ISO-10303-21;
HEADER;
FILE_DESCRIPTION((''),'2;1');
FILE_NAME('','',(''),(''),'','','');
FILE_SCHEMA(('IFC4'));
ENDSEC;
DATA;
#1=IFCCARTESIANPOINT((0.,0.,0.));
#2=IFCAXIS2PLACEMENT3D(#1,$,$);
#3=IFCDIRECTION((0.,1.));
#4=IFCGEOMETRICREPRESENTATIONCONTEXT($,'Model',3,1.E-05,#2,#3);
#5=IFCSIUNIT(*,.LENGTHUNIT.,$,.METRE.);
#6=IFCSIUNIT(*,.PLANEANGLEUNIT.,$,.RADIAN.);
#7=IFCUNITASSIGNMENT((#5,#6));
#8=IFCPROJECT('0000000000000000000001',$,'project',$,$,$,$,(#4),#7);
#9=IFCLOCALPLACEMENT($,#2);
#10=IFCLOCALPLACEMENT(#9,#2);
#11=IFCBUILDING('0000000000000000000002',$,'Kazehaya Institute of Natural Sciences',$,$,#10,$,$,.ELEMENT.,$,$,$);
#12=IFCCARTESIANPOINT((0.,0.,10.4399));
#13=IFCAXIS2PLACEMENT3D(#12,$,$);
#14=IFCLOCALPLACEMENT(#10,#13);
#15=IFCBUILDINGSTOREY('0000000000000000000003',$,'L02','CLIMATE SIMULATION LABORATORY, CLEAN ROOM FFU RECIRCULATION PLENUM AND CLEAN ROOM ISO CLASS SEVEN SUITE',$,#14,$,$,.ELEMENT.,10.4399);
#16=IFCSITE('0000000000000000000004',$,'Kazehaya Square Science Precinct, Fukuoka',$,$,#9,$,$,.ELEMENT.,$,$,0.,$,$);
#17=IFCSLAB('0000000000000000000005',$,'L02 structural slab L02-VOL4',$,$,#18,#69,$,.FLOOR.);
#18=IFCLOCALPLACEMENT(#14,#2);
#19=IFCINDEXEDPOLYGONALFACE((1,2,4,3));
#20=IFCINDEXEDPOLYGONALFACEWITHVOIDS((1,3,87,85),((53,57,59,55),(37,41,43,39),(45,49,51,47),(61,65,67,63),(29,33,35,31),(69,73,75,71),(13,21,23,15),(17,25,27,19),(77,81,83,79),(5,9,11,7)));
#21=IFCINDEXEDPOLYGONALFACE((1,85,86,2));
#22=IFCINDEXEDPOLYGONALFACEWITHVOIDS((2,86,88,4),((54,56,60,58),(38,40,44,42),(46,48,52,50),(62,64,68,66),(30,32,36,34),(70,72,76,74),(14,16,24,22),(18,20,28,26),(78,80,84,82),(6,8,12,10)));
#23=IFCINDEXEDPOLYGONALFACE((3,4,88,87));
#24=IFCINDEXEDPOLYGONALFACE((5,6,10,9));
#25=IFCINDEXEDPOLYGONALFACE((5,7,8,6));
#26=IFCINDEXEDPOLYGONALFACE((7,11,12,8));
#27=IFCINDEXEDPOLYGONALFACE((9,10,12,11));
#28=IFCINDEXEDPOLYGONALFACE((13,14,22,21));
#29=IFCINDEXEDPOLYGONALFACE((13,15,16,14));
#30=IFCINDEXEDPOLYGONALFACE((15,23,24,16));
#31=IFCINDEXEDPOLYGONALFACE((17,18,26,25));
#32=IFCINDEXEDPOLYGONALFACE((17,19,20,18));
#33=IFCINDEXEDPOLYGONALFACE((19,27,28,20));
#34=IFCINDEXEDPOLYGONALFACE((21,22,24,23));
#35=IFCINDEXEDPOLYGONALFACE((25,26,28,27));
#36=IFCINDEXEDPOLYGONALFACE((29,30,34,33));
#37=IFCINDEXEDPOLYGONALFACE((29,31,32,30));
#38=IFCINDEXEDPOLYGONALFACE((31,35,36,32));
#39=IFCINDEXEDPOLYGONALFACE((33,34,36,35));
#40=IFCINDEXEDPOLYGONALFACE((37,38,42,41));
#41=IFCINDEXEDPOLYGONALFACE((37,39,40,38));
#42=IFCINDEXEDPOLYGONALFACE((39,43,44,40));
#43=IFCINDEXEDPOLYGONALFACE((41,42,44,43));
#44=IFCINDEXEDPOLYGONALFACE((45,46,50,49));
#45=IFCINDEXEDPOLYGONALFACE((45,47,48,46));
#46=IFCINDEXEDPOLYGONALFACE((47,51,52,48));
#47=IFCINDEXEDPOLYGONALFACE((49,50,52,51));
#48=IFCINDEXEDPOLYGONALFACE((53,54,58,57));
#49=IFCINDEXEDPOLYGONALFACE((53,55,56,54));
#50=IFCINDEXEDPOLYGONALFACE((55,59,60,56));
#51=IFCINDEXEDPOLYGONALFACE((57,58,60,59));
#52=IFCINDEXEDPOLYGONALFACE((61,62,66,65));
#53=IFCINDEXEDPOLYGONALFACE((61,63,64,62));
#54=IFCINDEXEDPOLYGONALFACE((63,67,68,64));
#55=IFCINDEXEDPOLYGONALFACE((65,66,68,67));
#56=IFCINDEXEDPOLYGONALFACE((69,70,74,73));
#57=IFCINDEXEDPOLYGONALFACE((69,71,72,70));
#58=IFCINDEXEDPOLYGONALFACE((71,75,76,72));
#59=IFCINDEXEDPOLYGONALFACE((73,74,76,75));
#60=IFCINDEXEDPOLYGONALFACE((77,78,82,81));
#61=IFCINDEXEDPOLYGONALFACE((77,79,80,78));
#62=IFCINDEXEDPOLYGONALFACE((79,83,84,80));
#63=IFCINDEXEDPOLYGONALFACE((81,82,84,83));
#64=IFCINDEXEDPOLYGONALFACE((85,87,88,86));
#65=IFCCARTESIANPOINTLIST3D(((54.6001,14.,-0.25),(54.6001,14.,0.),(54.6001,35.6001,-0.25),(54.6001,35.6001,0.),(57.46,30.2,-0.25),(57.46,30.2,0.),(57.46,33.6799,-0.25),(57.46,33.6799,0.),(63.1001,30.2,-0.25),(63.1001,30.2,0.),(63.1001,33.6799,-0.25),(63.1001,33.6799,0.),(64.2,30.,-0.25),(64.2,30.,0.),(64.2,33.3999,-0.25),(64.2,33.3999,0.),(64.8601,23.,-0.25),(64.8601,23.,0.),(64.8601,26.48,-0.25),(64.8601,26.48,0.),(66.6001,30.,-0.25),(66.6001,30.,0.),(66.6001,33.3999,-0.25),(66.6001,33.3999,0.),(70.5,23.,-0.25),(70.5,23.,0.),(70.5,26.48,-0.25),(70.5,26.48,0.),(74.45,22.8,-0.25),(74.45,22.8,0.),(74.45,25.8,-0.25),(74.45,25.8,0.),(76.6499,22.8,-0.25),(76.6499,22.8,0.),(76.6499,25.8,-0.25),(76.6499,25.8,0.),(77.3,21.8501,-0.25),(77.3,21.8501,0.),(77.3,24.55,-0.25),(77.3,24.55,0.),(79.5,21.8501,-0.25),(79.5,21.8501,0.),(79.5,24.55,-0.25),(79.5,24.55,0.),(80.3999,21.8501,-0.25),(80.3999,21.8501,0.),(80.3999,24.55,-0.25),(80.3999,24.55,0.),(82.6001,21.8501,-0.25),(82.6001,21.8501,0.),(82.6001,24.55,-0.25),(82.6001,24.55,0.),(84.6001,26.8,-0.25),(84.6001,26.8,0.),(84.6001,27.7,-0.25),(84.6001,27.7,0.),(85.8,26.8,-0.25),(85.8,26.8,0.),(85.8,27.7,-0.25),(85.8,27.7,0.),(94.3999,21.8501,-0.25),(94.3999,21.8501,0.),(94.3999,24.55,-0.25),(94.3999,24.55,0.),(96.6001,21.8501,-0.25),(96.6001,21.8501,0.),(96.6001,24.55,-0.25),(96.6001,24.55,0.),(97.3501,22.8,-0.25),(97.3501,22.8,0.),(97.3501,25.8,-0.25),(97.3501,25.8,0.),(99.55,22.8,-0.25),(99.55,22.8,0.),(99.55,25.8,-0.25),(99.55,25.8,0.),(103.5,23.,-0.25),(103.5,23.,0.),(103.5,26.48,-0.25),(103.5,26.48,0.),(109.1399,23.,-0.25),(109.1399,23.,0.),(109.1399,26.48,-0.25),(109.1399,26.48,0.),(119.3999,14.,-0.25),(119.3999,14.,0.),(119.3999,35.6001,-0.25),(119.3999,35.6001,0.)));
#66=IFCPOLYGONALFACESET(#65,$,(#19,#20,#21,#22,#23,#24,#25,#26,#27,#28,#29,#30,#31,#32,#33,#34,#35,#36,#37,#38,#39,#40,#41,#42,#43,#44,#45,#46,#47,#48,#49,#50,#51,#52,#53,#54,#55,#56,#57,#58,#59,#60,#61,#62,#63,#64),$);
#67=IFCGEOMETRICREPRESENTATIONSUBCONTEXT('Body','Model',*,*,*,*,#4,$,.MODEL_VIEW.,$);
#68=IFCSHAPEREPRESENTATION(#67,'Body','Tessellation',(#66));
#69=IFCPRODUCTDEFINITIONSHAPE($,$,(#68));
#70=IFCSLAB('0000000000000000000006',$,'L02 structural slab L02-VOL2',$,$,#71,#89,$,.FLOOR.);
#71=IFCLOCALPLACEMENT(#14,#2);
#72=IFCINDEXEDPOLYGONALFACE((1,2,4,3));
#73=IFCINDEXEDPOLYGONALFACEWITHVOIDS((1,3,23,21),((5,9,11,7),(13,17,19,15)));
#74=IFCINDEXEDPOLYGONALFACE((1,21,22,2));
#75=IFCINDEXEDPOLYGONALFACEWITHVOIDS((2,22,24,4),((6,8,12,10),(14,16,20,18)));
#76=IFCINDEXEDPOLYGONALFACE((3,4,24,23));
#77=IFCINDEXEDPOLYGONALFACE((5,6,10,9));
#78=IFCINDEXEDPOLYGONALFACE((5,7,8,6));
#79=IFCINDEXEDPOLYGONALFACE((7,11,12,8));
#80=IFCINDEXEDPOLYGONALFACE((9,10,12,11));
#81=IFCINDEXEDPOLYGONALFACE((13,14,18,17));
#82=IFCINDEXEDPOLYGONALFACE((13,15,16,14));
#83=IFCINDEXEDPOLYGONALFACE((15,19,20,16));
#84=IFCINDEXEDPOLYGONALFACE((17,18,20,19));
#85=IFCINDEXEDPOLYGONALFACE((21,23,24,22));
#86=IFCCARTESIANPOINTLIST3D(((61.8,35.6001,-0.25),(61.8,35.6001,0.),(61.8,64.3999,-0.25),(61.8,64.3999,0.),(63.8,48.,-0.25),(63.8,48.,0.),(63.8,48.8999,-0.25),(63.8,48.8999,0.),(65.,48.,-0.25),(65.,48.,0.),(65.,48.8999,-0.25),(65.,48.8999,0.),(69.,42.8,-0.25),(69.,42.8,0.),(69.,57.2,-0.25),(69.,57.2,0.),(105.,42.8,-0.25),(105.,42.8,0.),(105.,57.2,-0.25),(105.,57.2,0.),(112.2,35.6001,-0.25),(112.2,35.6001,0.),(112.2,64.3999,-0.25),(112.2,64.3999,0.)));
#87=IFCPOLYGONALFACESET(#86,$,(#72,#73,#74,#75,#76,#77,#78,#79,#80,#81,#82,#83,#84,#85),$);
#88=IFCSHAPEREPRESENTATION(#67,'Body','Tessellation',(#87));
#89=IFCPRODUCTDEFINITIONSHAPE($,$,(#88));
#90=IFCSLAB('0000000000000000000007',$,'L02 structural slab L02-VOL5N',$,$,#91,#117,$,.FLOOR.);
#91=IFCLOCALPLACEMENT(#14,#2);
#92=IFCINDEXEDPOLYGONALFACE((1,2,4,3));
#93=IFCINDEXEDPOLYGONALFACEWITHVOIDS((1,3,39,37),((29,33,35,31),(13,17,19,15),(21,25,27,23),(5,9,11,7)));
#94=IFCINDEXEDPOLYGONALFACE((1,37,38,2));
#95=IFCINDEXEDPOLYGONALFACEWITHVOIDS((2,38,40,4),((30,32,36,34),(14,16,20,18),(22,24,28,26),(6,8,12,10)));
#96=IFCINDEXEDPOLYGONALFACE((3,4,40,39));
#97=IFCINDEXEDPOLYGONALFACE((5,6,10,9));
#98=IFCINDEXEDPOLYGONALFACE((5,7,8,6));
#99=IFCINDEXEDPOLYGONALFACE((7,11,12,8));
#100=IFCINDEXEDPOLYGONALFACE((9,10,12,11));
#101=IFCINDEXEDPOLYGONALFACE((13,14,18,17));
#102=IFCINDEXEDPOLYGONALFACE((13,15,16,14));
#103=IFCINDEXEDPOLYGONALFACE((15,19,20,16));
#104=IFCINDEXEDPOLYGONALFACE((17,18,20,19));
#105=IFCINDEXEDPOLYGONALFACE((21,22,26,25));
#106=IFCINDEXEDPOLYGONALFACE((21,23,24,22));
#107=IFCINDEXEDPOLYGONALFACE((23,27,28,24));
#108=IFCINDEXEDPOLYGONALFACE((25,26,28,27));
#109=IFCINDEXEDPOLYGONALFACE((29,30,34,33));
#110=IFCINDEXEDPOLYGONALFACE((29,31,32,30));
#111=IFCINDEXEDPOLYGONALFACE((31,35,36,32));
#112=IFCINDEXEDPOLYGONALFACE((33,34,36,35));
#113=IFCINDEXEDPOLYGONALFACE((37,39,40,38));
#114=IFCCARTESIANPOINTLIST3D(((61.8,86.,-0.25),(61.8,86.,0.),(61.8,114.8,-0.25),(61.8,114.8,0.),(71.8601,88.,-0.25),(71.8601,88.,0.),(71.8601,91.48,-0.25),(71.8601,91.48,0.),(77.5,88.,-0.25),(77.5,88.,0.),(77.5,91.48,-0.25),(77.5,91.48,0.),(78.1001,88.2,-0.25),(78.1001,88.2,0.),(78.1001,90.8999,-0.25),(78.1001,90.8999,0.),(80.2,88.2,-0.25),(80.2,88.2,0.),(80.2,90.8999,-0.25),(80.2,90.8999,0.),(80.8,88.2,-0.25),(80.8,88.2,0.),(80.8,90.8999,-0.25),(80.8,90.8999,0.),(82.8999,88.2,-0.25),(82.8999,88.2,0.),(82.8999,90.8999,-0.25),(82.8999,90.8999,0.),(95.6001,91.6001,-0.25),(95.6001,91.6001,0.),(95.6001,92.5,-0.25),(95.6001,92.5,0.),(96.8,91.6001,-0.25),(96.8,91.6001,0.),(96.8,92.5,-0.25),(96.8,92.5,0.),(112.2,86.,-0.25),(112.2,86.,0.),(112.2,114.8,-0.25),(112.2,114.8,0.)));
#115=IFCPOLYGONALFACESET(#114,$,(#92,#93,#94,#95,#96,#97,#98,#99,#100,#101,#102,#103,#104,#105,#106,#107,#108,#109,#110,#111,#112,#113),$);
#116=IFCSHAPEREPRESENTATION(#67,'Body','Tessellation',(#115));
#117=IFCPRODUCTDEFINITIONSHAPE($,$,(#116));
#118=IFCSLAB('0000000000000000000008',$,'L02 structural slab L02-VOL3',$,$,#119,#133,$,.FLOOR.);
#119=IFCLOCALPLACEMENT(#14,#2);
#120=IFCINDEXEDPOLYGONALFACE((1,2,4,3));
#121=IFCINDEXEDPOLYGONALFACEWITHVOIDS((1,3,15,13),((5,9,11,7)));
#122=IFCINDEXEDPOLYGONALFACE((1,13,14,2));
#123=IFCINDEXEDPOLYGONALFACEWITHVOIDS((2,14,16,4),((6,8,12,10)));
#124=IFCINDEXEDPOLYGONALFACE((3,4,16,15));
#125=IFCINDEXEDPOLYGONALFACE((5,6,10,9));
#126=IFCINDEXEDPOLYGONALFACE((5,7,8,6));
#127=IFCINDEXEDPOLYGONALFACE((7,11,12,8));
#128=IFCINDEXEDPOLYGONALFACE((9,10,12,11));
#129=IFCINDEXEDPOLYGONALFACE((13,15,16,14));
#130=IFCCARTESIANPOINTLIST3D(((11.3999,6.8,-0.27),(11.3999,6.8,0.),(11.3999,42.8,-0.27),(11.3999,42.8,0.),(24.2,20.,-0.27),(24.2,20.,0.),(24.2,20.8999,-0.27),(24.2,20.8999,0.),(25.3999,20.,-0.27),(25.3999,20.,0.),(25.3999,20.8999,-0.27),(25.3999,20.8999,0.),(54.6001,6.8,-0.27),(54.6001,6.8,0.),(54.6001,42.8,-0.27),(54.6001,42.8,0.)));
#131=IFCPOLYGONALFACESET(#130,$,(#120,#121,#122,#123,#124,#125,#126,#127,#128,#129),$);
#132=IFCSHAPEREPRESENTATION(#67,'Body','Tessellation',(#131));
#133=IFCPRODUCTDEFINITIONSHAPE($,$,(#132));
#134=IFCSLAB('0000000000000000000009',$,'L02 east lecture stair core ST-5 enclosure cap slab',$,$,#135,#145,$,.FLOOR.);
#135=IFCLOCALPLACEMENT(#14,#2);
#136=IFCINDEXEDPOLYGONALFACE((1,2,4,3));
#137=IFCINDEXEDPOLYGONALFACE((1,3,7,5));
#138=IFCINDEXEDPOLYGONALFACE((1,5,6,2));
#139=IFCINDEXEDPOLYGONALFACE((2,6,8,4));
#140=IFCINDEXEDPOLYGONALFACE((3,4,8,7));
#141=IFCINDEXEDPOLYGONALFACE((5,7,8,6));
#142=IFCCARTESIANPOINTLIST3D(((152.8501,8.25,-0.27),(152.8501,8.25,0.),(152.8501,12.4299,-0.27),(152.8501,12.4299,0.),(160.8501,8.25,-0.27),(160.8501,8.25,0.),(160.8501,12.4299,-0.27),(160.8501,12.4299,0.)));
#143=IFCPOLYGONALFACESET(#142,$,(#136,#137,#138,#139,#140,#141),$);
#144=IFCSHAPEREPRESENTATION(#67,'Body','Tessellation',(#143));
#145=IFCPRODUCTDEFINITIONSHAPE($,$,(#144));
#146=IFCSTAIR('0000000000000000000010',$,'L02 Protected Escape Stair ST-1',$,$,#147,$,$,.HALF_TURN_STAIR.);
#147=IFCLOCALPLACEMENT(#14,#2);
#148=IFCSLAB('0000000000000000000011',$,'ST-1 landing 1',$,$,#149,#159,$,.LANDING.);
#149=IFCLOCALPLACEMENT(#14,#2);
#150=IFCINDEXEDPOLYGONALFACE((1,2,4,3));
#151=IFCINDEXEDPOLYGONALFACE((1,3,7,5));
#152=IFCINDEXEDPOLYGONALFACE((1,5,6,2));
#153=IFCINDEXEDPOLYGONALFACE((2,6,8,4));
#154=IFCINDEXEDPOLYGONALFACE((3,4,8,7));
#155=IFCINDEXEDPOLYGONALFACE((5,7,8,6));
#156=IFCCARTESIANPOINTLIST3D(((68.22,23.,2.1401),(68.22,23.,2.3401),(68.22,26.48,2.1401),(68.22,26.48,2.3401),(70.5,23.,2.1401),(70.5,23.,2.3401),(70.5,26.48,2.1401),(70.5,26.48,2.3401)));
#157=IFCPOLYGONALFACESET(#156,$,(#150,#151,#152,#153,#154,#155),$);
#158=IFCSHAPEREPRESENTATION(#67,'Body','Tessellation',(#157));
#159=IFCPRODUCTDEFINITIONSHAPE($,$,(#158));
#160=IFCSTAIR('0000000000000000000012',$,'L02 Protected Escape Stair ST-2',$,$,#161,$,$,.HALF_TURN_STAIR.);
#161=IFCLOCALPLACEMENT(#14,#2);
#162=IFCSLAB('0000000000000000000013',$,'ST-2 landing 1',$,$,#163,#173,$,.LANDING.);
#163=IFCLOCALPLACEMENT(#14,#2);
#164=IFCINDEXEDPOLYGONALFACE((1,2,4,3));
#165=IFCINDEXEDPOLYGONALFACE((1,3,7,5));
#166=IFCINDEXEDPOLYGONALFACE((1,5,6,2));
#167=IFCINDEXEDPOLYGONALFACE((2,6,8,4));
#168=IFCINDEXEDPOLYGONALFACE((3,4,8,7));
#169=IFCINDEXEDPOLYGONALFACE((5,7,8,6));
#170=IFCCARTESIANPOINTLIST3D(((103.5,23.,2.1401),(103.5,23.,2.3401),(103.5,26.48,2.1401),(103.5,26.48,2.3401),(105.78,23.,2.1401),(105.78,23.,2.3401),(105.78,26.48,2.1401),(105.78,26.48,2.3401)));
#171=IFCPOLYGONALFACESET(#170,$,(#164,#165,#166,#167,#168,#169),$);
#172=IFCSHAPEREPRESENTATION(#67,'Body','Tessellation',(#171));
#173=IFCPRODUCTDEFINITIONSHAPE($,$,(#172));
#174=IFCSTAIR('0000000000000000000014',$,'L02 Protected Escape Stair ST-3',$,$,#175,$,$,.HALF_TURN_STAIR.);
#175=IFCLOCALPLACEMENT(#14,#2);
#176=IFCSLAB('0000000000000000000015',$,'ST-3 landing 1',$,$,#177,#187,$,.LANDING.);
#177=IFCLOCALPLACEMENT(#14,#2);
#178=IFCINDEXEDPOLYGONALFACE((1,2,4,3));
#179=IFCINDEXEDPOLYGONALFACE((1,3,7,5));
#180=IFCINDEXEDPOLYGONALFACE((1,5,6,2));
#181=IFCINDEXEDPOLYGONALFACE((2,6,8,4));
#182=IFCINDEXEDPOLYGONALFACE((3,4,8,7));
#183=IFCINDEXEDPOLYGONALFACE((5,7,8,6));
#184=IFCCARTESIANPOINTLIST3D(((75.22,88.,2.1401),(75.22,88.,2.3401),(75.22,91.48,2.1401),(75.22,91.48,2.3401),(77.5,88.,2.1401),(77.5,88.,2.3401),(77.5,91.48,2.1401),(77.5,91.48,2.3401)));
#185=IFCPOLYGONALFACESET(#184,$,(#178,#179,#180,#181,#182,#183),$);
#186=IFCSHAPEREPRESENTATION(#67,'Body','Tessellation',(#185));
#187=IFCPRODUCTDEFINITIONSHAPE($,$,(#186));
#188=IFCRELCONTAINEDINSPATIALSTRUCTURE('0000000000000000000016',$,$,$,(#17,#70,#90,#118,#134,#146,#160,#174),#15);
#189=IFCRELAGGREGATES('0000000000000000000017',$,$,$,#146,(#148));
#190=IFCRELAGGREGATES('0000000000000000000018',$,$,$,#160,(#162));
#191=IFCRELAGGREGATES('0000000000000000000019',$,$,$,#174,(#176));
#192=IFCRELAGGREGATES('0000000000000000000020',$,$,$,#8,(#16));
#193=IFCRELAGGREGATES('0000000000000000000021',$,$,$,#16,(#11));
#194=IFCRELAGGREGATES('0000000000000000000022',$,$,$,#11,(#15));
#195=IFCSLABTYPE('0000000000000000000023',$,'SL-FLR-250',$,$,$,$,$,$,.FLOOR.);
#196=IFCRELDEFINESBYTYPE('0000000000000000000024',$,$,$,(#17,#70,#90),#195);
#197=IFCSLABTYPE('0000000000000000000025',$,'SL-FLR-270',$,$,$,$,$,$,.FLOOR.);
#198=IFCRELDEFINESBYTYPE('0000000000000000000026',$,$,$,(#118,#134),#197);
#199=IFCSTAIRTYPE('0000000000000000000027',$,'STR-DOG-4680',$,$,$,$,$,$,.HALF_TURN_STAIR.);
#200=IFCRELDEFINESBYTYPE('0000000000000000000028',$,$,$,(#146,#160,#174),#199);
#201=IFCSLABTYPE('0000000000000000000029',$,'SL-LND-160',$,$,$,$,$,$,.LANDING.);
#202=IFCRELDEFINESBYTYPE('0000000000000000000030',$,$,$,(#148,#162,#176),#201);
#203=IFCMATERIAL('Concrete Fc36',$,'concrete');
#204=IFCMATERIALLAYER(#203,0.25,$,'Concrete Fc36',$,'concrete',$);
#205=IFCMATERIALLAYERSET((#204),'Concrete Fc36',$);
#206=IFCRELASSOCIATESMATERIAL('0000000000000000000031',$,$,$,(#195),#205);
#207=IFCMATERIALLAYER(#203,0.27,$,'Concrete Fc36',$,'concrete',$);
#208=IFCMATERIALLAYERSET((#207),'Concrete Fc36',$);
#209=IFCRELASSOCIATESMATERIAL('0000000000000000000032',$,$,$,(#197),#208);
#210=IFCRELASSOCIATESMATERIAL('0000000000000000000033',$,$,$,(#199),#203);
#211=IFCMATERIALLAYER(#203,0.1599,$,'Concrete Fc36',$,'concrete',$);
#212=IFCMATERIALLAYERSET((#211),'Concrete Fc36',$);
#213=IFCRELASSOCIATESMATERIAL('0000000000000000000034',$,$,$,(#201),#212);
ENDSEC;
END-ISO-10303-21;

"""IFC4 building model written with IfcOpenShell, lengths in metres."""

from ifc_helpers import new_model, si_unit, direction, frame, origin, place, context, subcontext, project, spatial, polyline, outline, extrude, material, layer, layer_set, type_object, element, aggregate, save


model = new_model("IFC4")

# Units and contexts
model_context = context("Model", 3, precision=1e-05, world=origin(), true_north=direction((0.0, 1.0)))
body_context = subcontext(model_context, "Body", "Model", "MODEL_VIEW")
ifc_project = project(units=[si_unit("LENGTHUNIT", "METRE"), si_unit("PLANEANGLEUNIT", "RADIAN")], contexts=[model_context])

# Site, building, storey
site_placement = place(None, origin())
site = spatial("IfcSite", under=ifc_project, at=site_placement, Name="Kazehaya Square Science Precinct, Fukuoka", CompositionType="ELEMENT", RefElevation=0.0)
building_placement = place(site_placement, origin())
building = spatial("IfcBuilding", under=site, at=building_placement, Name="Kazehaya Institute of Natural Sciences", CompositionType="ELEMENT")
storey_placement = place(building_placement, frame((0.0, 0.0, 10.4399)))
storey = spatial("IfcBuildingStorey", under=building, at=storey_placement, Name="L02", Description="CLIMATE SIMULATION LABORATORY, CLEAN ROOM FFU RECIRCULATION PLENUM AND CLEAN ROOM ISO CLASS SEVEN SUITE", CompositionType="ELEMENT", Elevation=10.4399)

# Shared definitions
ifc_material_1 = material(Name="Concrete Fc36", Category="concrete")

# Slabs
ifc_layer_1 = layer(ifc_material_1, 0.25, Name="Concrete Fc36", Category="concrete")
ifc_layer_set_1 = layer_set([ifc_layer_1], Name="Concrete Fc36")
slab_type_1 = type_object("IfcSlabType", Name="SL-FLR-250", PredefinedType="FLOOR", material=ifc_layer_set_1)
slab_1_placement = place(storey_placement, frame((0.0, 0.0, -0.25)))
element("IfcSlab", 1, at=slab_1_placement, inside=storey, type_object=slab_type_1, Name="L02 structural slab L02-VOL4", PredefinedType="FLOOR", context=body_context, shape_type="SweptSolid", body=[
    extrude(outline(polyline([(54.6001, 14.0), (119.3999, 14.0), (119.3999, 35.6001), (54.6001, 35.6001), (54.6001, 14.0)]), holes=[polyline([(84.6001, 26.8), (85.8, 26.8), (85.8, 27.7), (84.6001, 27.7), (84.6001, 26.8)]), polyline([(64.8601, 23.0), (70.5, 23.0), (70.5, 26.48), (64.8601, 26.48), (64.8601, 23.0)]), polyline([(103.5, 23.0), (109.1399, 23.0), (109.1399, 26.48), (103.5, 26.48), (103.5, 23.0)]), polyline([(57.46, 30.2), (63.1001, 30.2), (63.1001, 33.6799), (57.46, 33.6799), (57.46, 30.2)]), polyline([(74.45, 22.8), (76.6499, 22.8), (76.6499, 25.8), (74.45, 25.8), (74.45, 22.8)]), polyline([(97.3501, 22.8), (99.55, 22.8), (99.55, 25.8), (97.3501, 25.8), (97.3501, 22.8)]), polyline([(77.3, 21.8501), (79.5, 21.8501), (79.5, 24.55), (77.3, 24.55), (77.3, 21.8501)]), polyline([(80.3999, 21.8501), (82.6001, 21.8501), (82.6001, 24.55), (80.3999, 24.55), (80.3999, 21.8501)]), polyline([(94.3999, 21.8501), (96.6001, 21.8501), (96.6001, 24.55), (94.3999, 24.55), (94.3999, 21.8501)]), polyline([(64.2, 30.0), (66.6001, 30.0), (66.6001, 33.3999), (64.2, 33.3999), (64.2, 30.0)])]), origin(), (0.0, 0.0, 1.0), 0.25),
])
slab_2_placement = place(storey_placement, frame((0.0, 0.0, -0.25)))
element("IfcSlab", 2, at=slab_2_placement, inside=storey, type_object=slab_type_1, Name="L02 structural slab L02-VOL2", PredefinedType="FLOOR", context=body_context, shape_type="SweptSolid", body=[
    extrude(outline(polyline([(61.8, 35.6001), (112.2, 35.6001), (112.2, 64.3999), (61.8, 64.3999), (61.8, 35.6001)]), holes=[polyline([(63.8, 48.0), (65.0, 48.0), (65.0, 48.8999), (63.8, 48.8999), (63.8, 48.0)]), polyline([(69.0, 42.8), (105.0, 42.8), (105.0, 57.2), (69.0, 57.2), (69.0, 42.8)])]), origin(), (0.0, 0.0, 1.0), 0.25),
])
slab_3_placement = place(storey_placement, frame((0.0, 0.0, -0.25)))
element("IfcSlab", 3, at=slab_3_placement, inside=storey, type_object=slab_type_1, Name="L02 structural slab L02-VOL5N", PredefinedType="FLOOR", context=body_context, shape_type="SweptSolid", body=[
    extrude(outline(polyline([(61.8, 86.0), (112.2, 86.0), (112.2, 114.8), (61.8, 114.8), (61.8, 86.0)]), holes=[polyline([(95.6001, 91.6001), (96.8, 91.6001), (96.8, 92.5), (95.6001, 92.5), (95.6001, 91.6001)]), polyline([(71.8601, 88.0), (77.5, 88.0), (77.5, 91.48), (71.8601, 91.48), (71.8601, 88.0)]), polyline([(78.1001, 88.2), (80.2, 88.2), (80.2, 90.8999), (78.1001, 90.8999), (78.1001, 88.2)]), polyline([(80.8, 88.2), (82.8999, 88.2), (82.8999, 90.8999), (80.8, 90.8999), (80.8, 88.2)])]), origin(), (0.0, 0.0, 1.0), 0.25),
])
ifc_layer_2 = layer(ifc_material_1, 0.27, Name="Concrete Fc36", Category="concrete")
ifc_layer_set_2 = layer_set([ifc_layer_2], Name="Concrete Fc36")
slab_type_2 = type_object("IfcSlabType", Name="SL-FLR-270", PredefinedType="FLOOR", material=ifc_layer_set_2)
slab_4_placement = place(storey_placement, frame((0.0, 0.0, -0.27)))
element("IfcSlab", 4, at=slab_4_placement, inside=storey, type_object=slab_type_2, Name="L02 structural slab L02-VOL3", PredefinedType="FLOOR", context=body_context, shape_type="SweptSolid", body=[
    extrude(outline(polyline([(11.3999, 6.8), (54.6001, 6.8), (54.6001, 42.8), (11.3999, 42.8), (11.3999, 6.8)]), holes=[polyline([(24.2, 20.0), (25.3999, 20.0), (25.3999, 20.8999), (24.2, 20.8999), (24.2, 20.0)])]), origin(), (0.0, 0.0, 1.0), 0.27),
])
slab_5_placement = place(storey_placement, frame((0.0, 0.0, -0.27)))
element("IfcSlab", 5, at=slab_5_placement, inside=storey, type_object=slab_type_2, Name="L02 east lecture stair core ST-5 enclosure cap slab", PredefinedType="FLOOR", context=body_context, shape_type="SweptSolid", body=[
    extrude(outline(polyline([(152.8501, 8.25), (160.8501, 8.25), (160.8501, 12.4299), (152.8501, 12.4299), (152.8501, 8.25)])), origin(), (0.0, 0.0, 1.0), 0.27),
])

# Stairs, slabs
stair_type = type_object("IfcStairType", Name="STR-DOG-4680", PredefinedType="HALF_TURN_STAIR", material=ifc_material_1)
stair_1_placement = place(storey_placement, origin())
stair_1 = element("IfcStair", 6, at=stair_1_placement, inside=storey, type_object=stair_type, Name="L02 Protected Escape Stair ST-1", PredefinedType="HALF_TURN_STAIR")
ifc_layer_3 = layer(ifc_material_1, 0.1599, Name="Concrete Fc36", Category="concrete")
ifc_layer_set_3 = layer_set([ifc_layer_3], Name="Concrete Fc36")
slab_type_3 = type_object("IfcSlabType", Name="SL-LND-160", PredefinedType="LANDING", material=ifc_layer_set_3)
slab_6_placement = place(storey_placement, frame((0.0, 0.0, 2.1401)))
slab_6 = element("IfcSlab", 7, at=slab_6_placement, type_object=slab_type_3, Name="ST-1 landing 1", PredefinedType="LANDING", context=body_context, shape_type="SweptSolid", body=[
    extrude(outline(polyline([(68.22, 23.0), (70.5, 23.0), (70.5, 26.48), (68.22, 26.48), (68.22, 23.0)])), origin(), (0.0, 0.0, 1.0), 0.2),
])
aggregate(stair_1, [slab_6])
stair_2_placement = place(storey_placement, origin())
stair_2 = element("IfcStair", 8, at=stair_2_placement, inside=storey, type_object=stair_type, Name="L02 Protected Escape Stair ST-2", PredefinedType="HALF_TURN_STAIR")
slab_7_placement = place(storey_placement, frame((0.0, 0.0, 2.1401)))
slab_7 = element("IfcSlab", 9, at=slab_7_placement, type_object=slab_type_3, Name="ST-2 landing 1", PredefinedType="LANDING", context=body_context, shape_type="SweptSolid", body=[
    extrude(outline(polyline([(105.78, 26.48), (103.5, 26.48), (103.5, 23.0), (105.78, 23.0), (105.78, 26.48)])), origin(), (0.0, 0.0, 1.0), 0.2),
])
aggregate(stair_2, [slab_7])
stair_3_placement = place(storey_placement, origin())
stair_3 = element("IfcStair", 10, at=stair_3_placement, inside=storey, type_object=stair_type, Name="L02 Protected Escape Stair ST-3", PredefinedType="HALF_TURN_STAIR")
slab_8_placement = place(storey_placement, frame((0.0, 0.0, 2.1401)))
slab_8 = element("IfcSlab", 11, at=slab_8_placement, type_object=slab_type_3, Name="ST-3 landing 1", PredefinedType="LANDING", context=body_context, shape_type="SweptSolid", body=[
    extrude(outline(polyline([(75.22, 88.0), (77.5, 88.0), (77.5, 91.48), (75.22, 91.48), (75.22, 88.0)])), origin(), (0.0, 0.0, 1.0), 0.2),
])
aggregate(stair_3, [slab_8])

save(model, "model.ifc")
